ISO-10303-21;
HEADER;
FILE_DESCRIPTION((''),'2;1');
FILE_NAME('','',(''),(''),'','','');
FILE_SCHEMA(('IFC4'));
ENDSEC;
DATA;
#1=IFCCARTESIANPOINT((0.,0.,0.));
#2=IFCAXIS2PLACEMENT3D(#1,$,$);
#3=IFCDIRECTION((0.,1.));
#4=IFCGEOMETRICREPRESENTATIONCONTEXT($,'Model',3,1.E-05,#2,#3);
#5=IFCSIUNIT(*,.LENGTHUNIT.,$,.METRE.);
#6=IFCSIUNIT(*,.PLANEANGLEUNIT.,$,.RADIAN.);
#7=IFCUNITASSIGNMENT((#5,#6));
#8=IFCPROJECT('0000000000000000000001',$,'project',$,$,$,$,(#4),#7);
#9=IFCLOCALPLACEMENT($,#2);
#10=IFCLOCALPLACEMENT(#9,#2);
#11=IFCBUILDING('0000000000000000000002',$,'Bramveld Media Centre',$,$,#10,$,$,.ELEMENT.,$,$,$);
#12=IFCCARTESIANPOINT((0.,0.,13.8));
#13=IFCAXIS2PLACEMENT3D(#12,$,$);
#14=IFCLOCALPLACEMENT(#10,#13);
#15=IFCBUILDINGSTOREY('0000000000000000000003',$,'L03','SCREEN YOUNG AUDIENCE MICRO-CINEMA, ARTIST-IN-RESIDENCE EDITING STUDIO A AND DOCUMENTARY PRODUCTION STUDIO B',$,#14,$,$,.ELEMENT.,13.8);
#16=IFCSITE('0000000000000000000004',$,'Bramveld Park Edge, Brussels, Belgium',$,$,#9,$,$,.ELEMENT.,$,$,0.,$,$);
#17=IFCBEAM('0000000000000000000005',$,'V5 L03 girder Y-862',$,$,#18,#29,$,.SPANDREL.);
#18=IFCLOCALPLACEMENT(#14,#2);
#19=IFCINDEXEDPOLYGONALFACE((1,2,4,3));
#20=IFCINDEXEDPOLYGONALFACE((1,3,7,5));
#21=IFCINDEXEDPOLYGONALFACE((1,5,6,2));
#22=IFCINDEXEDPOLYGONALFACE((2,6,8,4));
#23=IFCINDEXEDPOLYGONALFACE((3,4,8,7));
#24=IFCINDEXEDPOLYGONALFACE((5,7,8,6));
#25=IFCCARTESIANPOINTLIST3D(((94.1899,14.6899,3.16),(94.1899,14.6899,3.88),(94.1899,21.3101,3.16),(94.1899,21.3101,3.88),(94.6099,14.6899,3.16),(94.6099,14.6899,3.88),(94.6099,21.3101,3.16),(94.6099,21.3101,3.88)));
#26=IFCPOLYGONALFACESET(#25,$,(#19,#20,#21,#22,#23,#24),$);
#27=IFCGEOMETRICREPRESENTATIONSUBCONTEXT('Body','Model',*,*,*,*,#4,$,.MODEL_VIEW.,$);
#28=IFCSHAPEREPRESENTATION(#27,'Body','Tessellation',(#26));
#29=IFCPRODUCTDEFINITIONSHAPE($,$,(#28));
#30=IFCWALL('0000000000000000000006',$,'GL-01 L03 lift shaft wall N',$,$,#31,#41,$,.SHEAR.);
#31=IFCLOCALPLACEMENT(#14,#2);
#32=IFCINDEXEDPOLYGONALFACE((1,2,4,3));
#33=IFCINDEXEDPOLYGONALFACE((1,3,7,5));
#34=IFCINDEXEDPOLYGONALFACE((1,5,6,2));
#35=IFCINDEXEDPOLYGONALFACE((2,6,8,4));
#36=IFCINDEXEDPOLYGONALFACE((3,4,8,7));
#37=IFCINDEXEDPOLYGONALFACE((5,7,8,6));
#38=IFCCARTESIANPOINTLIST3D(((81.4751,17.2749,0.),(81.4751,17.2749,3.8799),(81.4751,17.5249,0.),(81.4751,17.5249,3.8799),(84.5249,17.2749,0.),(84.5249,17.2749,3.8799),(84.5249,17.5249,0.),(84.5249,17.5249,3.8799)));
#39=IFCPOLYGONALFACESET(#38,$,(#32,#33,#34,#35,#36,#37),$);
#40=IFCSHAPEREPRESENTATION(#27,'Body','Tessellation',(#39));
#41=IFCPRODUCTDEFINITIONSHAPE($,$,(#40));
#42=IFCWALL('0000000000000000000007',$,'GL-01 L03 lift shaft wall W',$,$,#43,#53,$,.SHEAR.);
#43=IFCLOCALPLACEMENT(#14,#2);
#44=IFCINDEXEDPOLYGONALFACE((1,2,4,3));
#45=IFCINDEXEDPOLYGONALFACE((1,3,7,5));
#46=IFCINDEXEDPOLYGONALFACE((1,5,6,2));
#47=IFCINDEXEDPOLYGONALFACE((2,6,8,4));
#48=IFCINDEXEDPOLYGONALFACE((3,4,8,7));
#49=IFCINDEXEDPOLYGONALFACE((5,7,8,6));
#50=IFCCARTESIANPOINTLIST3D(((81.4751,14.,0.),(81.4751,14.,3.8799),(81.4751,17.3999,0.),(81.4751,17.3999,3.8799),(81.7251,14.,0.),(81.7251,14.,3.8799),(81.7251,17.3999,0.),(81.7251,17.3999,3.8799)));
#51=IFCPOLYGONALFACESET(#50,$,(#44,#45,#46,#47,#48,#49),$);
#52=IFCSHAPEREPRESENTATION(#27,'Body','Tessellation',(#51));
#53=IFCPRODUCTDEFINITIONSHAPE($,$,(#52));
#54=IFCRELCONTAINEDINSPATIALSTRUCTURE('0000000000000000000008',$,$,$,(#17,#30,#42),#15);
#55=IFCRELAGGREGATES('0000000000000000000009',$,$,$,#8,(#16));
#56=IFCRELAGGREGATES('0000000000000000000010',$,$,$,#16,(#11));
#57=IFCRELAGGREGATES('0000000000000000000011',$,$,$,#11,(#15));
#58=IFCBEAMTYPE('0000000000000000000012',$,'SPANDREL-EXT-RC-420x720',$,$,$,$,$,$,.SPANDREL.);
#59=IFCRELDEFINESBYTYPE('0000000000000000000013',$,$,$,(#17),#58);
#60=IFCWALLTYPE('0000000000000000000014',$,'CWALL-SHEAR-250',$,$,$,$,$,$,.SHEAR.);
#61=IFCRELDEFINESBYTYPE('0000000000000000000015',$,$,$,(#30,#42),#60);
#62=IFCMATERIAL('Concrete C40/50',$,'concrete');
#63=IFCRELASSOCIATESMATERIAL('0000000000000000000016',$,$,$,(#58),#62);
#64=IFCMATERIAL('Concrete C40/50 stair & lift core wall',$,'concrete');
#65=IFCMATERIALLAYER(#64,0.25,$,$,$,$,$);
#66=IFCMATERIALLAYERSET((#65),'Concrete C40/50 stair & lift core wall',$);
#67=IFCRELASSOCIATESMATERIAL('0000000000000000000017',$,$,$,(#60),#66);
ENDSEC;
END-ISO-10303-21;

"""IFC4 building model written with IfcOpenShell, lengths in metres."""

from ifc_helpers import new_model, si_unit, direction, frame, frame_2d, origin, origin_2d, place, context, subcontext, project, spatial, rectangle, extrude, material, layer, layer_set, material_profile, profile_set, type_object, element, save


model = new_model("IFC4")

# Units and contexts
model_context = context("Model", 3, precision=1e-05, world=origin(), true_north=direction((0.0, 1.0)))
body_context = subcontext(model_context, "Body", "Model", "MODEL_VIEW")
ifc_project = project(units=[si_unit("LENGTHUNIT", "METRE"), si_unit("PLANEANGLEUNIT", "RADIAN")], contexts=[model_context])

# Site, building, storey
site_placement = place(None, origin())
site = spatial("IfcSite", under=ifc_project, at=site_placement, Name="Bramveld Park Edge, Brussels, Belgium", CompositionType="ELEMENT", RefElevation=0.0)
building_placement = place(site_placement, origin())
building = spatial("IfcBuilding", under=site, at=building_placement, Name="Bramveld Media Centre", CompositionType="ELEMENT")
storey_placement = place(building_placement, frame((0.0, 0.0, 13.8)))
storey = spatial("IfcBuildingStorey", under=building, at=storey_placement, Name="L03", Description="SCREEN YOUNG AUDIENCE MICRO-CINEMA, ARTIST-IN-RESIDENCE EDITING STUDIO A AND DOCUMENTARY PRODUCTION STUDIO B", CompositionType="ELEMENT", Elevation=13.8)

# Beam
ifc_material_1 = material(Name="Concrete C40/50", Category="concrete")
ifc_material_profile_1 = material_profile(ifc_material_1, rectangle(XDim=0.4199, YDim=0.72, at=origin_2d()), Name="RC 420x720")
ifc_profile_set_1 = profile_set([ifc_material_profile_1], Name="Concrete C40/50")
beam_type_1 = type_object("IfcBeamType", Name="SPANDREL-EXT-RC-420x720", PredefinedType="SPANDREL", material=ifc_profile_set_1)
beam_1_placement = place(storey_placement, frame((94.3999, 14.6899, 3.52), z_axis=(0.0, 1.0, 0.0), x_axis=(-1.0, 0.0, 0.0)))
element("IfcBeam", 1, at=beam_1_placement, inside=storey, type_object=beam_type_1, Name="V5 L03 girder Y-862", PredefinedType="SPANDREL", context=body_context, shape_type="SweptSolid", body=[
    extrude(rectangle(XDim=0.4199, YDim=0.72, at=origin_2d()), origin(), (0.0, 0.0, 1.0), 6.6201),
])

# Walls
ifc_material_2 = material(Name="Concrete C40/50 stair & lift core wall", Category="concrete")
ifc_layer_1 = layer(ifc_material_2, 0.25)
ifc_layer_set_1 = layer_set([ifc_layer_1], Name="Concrete C40/50 stair & lift core wall")
wall_type_1 = type_object("IfcWallType", Name="CWALL-SHEAR-250", PredefinedType="SHEAR", material=ifc_layer_set_1)
wall_1_placement = place(storey_placement, frame((84.5249, 17.3999, 0.0), z_axis=(0.0, 0.0, 1.0), x_axis=(-1.0, 0.0, 0.0)))
element("IfcWall", 2, at=wall_1_placement, inside=storey, type_object=wall_type_1, Name="GL-01 L03 lift shaft wall N", PredefinedType="SHEAR", context=body_context, shape_type="SweptSolid", body=[
    extrude(rectangle(XDim=3.0498, YDim=0.25, at=frame_2d((1.5249, 0.0))), origin(), (0.0, 0.0, 1.0), 3.8799),
])
wall_2_placement = place(storey_placement, frame((81.6001, 17.3999, 0.0), z_axis=(0.0, 0.0, 1.0), x_axis=(0.0, -1.0, 0.0)))
element("IfcWall", 3, at=wall_2_placement, inside=storey, type_object=wall_type_1, Name="GL-01 L03 lift shaft wall W", PredefinedType="SHEAR", context=body_context, shape_type="SweptSolid", body=[
    extrude(rectangle(XDim=3.3999, YDim=0.25, at=frame_2d((1.7, 0.0))), origin(), (0.0, 0.0, 1.0), 3.8799),
])

save(model, "model.ifc")
